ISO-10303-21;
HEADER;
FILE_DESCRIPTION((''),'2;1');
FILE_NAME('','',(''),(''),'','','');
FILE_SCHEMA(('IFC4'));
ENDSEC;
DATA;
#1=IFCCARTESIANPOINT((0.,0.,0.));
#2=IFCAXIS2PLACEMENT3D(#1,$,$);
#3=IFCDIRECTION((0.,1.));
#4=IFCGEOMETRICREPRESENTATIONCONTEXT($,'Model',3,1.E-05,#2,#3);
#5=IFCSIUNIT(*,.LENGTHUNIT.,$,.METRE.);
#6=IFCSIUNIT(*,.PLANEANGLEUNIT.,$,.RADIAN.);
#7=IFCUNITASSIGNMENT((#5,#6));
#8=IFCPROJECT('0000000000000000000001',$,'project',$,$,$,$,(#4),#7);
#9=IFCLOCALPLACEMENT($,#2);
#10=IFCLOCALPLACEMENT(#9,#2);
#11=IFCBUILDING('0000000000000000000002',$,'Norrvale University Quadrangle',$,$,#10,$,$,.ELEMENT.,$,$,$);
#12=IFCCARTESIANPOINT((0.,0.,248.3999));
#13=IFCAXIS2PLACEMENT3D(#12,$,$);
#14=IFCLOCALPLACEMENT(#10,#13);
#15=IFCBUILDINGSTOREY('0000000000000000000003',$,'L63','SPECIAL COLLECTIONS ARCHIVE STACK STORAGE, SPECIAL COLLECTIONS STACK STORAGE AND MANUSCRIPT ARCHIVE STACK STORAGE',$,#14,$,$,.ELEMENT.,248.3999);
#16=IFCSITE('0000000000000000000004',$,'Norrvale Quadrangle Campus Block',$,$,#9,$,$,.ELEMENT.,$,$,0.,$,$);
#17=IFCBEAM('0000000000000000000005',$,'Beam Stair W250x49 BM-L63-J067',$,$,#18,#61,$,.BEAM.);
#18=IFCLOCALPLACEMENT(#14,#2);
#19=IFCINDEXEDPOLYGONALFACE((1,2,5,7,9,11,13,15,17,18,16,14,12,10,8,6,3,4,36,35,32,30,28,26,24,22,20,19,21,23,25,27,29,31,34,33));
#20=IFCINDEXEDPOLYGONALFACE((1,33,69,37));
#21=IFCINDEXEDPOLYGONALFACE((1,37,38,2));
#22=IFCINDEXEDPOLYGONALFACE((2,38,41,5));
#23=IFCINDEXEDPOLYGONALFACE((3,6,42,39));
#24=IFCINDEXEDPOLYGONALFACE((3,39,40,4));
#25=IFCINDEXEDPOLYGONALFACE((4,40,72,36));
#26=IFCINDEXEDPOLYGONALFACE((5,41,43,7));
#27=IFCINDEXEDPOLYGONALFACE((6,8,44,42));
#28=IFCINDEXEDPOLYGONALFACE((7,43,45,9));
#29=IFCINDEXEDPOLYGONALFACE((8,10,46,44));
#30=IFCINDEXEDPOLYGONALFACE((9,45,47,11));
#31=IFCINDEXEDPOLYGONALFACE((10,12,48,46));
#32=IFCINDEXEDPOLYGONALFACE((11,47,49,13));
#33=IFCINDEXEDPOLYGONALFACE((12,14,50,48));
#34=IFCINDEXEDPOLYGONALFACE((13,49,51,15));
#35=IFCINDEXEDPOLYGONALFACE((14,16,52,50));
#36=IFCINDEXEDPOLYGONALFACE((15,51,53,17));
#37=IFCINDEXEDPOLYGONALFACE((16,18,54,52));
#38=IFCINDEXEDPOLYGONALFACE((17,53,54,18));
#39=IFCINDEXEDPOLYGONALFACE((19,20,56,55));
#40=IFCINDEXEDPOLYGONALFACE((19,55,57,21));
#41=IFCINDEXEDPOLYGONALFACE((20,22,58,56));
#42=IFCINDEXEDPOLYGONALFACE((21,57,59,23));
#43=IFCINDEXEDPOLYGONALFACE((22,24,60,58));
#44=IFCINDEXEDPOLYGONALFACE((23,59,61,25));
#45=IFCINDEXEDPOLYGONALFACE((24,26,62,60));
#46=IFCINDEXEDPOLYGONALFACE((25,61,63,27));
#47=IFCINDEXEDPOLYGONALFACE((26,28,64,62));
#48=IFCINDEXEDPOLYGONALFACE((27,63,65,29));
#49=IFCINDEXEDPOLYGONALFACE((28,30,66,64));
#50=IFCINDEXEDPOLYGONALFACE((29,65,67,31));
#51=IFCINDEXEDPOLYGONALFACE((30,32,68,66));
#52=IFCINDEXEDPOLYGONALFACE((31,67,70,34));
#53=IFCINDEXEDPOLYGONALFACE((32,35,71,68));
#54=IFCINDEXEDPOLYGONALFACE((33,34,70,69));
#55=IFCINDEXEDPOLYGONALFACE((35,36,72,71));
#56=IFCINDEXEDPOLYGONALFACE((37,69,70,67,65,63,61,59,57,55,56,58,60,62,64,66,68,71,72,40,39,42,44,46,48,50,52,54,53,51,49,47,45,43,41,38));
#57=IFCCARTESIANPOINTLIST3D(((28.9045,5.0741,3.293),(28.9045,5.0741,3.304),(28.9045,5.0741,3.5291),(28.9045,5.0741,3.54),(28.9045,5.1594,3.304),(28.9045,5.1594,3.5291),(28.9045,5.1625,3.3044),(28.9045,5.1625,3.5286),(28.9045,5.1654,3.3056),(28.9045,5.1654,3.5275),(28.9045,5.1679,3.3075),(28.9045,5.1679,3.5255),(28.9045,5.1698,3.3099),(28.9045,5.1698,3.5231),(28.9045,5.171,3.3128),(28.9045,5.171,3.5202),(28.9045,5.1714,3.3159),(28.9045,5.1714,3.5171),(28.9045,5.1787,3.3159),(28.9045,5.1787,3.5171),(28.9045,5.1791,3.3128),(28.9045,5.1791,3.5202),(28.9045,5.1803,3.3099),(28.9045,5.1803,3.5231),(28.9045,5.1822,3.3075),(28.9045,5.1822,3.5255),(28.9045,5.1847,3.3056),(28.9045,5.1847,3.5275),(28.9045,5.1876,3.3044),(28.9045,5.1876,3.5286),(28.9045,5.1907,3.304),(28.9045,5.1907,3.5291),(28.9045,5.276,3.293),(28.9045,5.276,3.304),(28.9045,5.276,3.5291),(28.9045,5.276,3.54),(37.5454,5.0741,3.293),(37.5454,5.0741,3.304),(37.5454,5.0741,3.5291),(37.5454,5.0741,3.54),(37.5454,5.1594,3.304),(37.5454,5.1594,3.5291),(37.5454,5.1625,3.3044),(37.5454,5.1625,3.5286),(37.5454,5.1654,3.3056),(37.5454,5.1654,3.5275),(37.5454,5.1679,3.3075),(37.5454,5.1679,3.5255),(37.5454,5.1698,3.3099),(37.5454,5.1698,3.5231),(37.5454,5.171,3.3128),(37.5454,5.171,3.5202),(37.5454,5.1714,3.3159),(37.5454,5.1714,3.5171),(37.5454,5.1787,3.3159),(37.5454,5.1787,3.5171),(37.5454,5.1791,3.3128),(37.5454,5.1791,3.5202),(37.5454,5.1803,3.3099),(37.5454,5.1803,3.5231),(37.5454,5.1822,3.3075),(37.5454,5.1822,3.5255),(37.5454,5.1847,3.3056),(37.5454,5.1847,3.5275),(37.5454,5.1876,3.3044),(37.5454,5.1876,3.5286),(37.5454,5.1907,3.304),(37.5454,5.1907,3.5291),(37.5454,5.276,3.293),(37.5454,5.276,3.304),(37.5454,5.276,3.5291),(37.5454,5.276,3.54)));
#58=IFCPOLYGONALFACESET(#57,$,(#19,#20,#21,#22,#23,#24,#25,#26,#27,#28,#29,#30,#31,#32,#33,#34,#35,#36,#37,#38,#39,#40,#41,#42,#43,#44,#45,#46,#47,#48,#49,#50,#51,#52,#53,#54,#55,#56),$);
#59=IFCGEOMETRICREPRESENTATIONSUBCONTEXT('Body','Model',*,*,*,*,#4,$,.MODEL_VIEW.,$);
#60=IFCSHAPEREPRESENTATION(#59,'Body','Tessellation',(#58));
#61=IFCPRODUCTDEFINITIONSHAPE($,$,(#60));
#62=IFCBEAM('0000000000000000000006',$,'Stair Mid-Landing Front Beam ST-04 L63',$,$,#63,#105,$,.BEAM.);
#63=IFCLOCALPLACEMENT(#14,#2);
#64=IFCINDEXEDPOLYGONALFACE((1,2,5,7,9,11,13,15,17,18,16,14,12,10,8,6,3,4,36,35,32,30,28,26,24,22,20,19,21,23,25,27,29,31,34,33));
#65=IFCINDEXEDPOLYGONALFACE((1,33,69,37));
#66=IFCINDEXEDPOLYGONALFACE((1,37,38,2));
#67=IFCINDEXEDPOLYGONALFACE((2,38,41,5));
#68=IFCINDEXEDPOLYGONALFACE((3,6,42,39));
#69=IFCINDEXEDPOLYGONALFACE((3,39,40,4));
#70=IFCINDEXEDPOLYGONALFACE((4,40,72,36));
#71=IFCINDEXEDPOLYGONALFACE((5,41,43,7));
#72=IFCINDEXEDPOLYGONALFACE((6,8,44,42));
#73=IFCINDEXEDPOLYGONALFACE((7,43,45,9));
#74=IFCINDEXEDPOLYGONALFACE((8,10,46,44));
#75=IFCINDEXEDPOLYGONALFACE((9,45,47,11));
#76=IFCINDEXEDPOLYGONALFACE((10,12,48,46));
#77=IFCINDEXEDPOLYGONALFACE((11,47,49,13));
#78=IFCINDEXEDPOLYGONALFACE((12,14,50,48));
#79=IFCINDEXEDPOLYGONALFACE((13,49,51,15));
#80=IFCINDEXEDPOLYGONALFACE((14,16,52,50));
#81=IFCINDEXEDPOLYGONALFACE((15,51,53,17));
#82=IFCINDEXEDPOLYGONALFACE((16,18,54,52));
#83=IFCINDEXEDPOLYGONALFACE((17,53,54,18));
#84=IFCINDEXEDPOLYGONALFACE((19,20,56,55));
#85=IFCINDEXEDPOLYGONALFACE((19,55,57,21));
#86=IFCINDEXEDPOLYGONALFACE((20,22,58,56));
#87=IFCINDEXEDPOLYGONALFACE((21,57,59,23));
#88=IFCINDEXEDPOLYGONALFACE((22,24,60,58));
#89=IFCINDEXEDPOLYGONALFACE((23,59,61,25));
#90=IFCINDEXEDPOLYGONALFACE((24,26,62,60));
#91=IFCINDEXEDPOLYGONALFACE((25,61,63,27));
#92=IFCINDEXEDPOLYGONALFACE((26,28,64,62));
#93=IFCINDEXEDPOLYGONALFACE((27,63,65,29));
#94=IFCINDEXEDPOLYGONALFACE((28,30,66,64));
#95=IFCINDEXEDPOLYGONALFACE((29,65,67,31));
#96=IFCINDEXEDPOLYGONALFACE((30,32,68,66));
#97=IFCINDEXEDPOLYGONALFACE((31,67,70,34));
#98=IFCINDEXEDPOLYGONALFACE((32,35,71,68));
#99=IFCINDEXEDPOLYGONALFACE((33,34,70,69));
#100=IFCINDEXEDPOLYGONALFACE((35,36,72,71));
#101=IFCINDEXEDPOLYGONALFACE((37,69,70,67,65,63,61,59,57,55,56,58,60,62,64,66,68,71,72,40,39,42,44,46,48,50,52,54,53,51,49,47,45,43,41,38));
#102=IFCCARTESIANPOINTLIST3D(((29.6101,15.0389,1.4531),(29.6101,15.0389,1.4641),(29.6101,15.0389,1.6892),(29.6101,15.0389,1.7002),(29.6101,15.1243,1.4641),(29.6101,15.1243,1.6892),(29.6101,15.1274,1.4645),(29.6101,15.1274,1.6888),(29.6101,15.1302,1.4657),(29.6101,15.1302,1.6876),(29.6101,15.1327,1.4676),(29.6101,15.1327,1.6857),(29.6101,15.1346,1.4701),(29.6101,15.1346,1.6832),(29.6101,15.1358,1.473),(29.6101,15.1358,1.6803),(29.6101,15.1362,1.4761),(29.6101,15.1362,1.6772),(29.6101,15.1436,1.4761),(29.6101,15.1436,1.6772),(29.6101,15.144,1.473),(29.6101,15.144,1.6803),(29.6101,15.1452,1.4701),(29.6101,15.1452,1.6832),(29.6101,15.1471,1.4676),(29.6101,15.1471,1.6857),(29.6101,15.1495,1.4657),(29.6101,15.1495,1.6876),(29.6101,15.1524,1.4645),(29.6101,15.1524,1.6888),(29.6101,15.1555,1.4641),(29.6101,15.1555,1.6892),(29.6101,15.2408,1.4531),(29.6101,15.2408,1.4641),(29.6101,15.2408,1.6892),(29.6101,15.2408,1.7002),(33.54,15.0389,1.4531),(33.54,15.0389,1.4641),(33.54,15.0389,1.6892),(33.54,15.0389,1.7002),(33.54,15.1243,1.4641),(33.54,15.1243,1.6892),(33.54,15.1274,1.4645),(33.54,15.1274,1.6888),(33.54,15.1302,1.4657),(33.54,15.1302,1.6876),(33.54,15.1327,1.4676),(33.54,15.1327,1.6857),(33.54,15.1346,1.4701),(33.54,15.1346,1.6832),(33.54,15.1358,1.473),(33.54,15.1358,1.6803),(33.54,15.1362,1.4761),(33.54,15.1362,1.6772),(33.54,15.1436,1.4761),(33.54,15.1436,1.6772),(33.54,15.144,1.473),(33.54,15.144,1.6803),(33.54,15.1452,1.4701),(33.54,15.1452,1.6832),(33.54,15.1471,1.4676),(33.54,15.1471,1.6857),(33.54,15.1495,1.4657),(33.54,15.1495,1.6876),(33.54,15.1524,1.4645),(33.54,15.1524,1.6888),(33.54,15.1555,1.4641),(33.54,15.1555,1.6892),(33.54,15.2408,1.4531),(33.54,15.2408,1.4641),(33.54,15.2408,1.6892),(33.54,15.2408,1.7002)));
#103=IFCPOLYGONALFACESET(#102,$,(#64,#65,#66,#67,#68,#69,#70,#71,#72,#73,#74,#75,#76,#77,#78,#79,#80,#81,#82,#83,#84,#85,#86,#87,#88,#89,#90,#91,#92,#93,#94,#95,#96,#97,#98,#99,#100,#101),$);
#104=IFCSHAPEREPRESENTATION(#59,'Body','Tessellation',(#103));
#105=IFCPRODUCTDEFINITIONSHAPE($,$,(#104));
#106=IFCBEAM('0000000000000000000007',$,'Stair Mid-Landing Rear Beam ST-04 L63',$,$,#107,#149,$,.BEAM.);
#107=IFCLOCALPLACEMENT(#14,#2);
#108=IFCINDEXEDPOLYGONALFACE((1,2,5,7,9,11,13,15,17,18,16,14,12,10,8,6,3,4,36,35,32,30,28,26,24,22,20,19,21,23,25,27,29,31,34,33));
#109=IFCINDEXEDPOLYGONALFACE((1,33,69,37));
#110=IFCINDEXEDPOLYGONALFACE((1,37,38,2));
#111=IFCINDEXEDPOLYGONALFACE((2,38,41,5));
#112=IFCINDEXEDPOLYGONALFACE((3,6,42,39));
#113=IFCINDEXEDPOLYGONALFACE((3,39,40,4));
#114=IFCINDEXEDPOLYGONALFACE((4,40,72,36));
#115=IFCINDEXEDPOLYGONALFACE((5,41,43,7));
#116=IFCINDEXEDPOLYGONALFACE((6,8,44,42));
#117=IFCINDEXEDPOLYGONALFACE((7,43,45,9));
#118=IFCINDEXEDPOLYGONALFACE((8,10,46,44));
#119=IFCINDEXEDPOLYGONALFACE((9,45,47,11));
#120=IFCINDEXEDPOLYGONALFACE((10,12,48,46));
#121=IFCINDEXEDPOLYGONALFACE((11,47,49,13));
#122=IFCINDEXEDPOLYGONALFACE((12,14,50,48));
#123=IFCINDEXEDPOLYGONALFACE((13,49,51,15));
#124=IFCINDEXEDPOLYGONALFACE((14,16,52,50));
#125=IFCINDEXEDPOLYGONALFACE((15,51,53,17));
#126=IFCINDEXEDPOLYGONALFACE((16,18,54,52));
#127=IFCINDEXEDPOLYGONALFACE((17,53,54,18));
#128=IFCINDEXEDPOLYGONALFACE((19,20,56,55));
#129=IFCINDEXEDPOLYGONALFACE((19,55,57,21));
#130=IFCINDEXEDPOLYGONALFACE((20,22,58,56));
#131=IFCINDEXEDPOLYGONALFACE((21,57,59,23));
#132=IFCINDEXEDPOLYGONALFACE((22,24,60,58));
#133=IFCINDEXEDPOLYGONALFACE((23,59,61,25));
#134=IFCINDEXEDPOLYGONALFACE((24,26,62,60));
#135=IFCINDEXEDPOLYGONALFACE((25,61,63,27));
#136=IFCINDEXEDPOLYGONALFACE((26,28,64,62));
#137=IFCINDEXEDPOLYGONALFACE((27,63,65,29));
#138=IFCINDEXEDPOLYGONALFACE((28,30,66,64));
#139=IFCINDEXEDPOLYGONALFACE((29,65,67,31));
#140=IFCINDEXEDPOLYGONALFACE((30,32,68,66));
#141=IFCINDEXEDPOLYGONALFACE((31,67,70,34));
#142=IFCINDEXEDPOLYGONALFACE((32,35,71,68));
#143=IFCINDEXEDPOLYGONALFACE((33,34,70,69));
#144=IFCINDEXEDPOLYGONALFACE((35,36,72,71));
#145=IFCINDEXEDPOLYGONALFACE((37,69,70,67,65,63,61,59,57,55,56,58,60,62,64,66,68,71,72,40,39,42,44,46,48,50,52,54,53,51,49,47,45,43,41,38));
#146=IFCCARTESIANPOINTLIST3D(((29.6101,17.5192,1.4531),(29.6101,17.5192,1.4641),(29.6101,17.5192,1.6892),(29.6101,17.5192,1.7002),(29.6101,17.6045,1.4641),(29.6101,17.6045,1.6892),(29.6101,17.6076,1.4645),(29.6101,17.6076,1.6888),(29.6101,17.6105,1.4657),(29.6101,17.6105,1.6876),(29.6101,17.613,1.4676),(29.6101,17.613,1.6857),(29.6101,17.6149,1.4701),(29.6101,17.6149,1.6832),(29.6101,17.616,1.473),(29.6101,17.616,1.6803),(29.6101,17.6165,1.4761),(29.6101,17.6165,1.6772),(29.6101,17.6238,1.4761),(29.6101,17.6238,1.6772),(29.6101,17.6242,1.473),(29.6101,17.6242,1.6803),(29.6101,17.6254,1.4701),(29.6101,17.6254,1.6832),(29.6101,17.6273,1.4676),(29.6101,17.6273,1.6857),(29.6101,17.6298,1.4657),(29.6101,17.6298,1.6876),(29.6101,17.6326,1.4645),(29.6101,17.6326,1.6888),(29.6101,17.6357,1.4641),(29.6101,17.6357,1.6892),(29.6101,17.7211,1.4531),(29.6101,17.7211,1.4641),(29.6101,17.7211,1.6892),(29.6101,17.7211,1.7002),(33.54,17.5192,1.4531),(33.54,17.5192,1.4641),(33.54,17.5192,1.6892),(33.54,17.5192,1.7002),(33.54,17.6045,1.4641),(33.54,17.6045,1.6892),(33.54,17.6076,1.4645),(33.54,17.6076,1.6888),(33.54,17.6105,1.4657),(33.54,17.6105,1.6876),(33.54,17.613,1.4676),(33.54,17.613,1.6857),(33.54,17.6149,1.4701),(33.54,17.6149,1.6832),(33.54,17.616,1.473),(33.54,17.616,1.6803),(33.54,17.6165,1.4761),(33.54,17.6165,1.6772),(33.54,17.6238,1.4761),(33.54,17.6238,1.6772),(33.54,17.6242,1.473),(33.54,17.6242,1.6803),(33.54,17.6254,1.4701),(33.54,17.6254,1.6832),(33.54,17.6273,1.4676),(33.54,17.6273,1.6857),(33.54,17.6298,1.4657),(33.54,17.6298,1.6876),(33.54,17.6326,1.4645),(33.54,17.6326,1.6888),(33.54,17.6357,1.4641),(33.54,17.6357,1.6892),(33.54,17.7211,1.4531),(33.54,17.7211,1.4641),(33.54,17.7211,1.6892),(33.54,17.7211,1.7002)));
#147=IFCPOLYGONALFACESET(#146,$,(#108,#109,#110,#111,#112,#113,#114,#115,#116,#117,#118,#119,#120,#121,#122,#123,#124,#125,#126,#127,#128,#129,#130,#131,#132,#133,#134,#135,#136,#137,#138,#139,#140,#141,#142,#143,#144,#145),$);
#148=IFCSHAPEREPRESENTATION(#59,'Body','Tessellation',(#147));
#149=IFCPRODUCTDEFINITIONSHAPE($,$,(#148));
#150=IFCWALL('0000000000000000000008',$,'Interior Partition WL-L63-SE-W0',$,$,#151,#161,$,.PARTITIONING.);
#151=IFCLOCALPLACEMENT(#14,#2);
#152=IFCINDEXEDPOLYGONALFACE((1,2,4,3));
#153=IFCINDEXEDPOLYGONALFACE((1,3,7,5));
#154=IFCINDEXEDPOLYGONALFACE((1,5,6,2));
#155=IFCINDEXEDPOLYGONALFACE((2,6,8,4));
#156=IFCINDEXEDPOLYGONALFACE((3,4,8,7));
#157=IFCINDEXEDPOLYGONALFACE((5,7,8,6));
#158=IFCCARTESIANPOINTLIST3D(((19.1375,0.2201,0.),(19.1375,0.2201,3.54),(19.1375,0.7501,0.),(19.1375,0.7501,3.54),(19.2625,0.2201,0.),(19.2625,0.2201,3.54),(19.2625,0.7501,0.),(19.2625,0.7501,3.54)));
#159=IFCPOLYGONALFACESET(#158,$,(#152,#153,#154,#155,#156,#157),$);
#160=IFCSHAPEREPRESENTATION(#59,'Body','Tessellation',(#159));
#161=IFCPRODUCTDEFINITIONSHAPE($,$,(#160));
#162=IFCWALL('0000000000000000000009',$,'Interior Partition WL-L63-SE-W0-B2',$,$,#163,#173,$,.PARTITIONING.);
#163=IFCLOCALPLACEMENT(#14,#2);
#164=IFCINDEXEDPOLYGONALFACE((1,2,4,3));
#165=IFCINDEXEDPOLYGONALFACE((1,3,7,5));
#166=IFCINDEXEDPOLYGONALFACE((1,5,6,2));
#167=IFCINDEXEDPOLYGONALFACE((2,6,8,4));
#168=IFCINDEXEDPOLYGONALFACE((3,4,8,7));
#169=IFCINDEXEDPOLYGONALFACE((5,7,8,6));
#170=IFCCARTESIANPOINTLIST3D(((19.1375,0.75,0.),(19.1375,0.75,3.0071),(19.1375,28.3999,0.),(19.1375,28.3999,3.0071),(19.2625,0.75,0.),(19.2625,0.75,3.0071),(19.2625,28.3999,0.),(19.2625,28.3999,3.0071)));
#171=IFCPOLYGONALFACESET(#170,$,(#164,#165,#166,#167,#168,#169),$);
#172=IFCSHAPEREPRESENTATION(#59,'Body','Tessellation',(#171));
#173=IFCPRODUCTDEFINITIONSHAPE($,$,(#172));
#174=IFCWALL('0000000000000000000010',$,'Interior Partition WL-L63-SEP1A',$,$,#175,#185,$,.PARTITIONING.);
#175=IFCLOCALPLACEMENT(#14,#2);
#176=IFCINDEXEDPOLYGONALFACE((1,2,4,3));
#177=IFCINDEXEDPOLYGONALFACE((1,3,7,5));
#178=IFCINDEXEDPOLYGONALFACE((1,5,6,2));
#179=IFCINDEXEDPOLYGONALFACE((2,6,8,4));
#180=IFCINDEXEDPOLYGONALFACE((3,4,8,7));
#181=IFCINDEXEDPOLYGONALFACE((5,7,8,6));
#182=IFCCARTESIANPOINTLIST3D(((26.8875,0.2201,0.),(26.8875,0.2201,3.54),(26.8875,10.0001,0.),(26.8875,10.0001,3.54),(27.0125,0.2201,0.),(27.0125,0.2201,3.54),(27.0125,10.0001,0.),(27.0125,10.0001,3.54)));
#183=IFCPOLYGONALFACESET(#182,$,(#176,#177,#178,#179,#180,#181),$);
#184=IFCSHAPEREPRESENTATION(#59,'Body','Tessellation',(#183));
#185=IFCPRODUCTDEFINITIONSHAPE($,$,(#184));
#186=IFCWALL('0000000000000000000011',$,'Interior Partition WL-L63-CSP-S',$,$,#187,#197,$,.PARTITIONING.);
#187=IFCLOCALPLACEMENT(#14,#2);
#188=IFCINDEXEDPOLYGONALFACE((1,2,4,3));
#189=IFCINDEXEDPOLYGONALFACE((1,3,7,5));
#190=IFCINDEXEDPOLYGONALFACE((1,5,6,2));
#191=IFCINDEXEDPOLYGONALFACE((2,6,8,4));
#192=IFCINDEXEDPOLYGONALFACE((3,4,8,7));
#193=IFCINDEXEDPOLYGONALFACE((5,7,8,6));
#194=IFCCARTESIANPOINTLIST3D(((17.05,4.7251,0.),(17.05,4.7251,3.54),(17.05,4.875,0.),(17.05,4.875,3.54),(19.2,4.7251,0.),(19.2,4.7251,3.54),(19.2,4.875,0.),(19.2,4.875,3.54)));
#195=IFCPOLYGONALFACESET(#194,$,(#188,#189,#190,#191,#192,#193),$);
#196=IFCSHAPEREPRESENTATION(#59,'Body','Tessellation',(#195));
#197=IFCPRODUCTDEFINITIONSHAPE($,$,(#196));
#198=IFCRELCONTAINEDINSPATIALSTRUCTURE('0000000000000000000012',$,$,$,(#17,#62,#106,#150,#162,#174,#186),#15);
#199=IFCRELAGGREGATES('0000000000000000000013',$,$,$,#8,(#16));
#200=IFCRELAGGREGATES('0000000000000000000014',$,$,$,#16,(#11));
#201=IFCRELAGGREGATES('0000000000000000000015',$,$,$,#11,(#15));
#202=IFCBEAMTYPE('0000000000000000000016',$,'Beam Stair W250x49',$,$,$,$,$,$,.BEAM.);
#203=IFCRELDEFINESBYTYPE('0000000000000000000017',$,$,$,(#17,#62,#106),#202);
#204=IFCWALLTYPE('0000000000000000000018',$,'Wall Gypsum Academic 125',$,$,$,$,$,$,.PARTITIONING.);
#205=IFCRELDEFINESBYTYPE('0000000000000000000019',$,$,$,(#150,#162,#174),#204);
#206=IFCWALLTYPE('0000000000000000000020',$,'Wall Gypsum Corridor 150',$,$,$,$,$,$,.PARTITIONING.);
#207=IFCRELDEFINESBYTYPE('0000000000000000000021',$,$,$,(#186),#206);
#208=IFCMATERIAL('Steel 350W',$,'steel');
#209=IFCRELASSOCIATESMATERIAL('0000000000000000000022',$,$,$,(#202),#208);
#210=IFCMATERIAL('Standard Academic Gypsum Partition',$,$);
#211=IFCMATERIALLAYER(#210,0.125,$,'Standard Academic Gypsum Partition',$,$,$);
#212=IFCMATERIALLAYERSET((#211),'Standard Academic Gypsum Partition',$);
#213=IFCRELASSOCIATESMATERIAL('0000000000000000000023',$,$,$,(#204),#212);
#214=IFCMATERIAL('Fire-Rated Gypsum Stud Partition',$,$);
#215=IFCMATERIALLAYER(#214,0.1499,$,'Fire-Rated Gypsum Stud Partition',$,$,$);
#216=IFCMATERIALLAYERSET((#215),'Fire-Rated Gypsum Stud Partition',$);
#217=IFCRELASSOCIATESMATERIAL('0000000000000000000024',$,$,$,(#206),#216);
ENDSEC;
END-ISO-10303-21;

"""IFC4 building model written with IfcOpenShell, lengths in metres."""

from ifc_helpers import new_model, si_unit, direction, frame, frame_2d, origin, origin_2d, place, context, subcontext, project, spatial, rectangle, i_section, extrude, material, layer, layer_set, material_profile, profile_set, type_object, element, save


model = new_model("IFC4")

# Units and contexts
model_context = context("Model", 3, precision=1e-05, world=origin(), true_north=direction((0.0, 1.0)))
body_context = subcontext(model_context, "Body", "Model", "MODEL_VIEW")
ifc_project = project(units=[si_unit("LENGTHUNIT", "METRE"), si_unit("PLANEANGLEUNIT", "RADIAN")], contexts=[model_context])

# Site, building, storey
site_placement = place(None, origin())
site = spatial("IfcSite", under=ifc_project, at=site_placement, Name="Norrvale Quadrangle Campus Block", CompositionType="ELEMENT", RefElevation=0.0)
building_placement = place(site_placement, origin())
building = spatial("IfcBuilding", under=site, at=building_placement, Name="Norrvale University Quadrangle", CompositionType="ELEMENT")
storey_placement = place(building_placement, frame((0.0, 0.0, 248.3999)))
storey = spatial("IfcBuildingStorey", under=building, at=storey_placement, Name="L63", Description="SPECIAL COLLECTIONS ARCHIVE STACK STORAGE, SPECIAL COLLECTIONS STACK STORAGE AND MANUSCRIPT ARCHIVE STACK STORAGE", CompositionType="ELEMENT", Elevation=248.3999)

# Beams
ifc_material_1 = material(Name="Steel 350W", Category="steel")
ifc_material_profile_1 = material_profile(ifc_material_1, i_section(OverallWidth=0.2019, OverallDepth=0.2471, WebThickness=0.0073, FlangeThickness=0.011, FilletRadius=0.012, at=origin_2d()), Name="Steel 350W")
ifc_profile_set_1 = profile_set([ifc_material_profile_1], Name="Steel 350W")
beam_type_1 = type_object("IfcBeamType", Name="Beam Stair W250x49", PredefinedType="BEAM", material=ifc_profile_set_1)
beam_1_placement = place(storey_placement, frame((28.9045, 5.175, 3.4165), z_axis=(1.0, 0.0, 0.0), x_axis=(0.0, 1.0, 0.0)))
element("IfcBeam", 1, at=beam_1_placement, inside=storey, type_object=beam_type_1, Name="Beam Stair W250x49 BM-L63-J067", PredefinedType="BEAM", context=body_context, shape_type="SweptSolid", body=[
    extrude(i_section(OverallWidth=0.2019, OverallDepth=0.2471, WebThickness=0.0073, FlangeThickness=0.011, FilletRadius=0.012, at=origin_2d()), origin(), (0.0, 0.0, 1.0), 8.6409),
])
for number, where, z_axis, x_axis, name in (
    (2, (29.6101, 15.1399, 1.5767), (1.0, 0.0, 0.0), (0.0, 1.0, 0.0), "Stair Mid-Landing Front Beam ST-04 L63"),
    (3, (29.6101, 17.6201, 1.5767), (1.0, 0.0, 0.0), (0.0, 1.0, 0.0), "Stair Mid-Landing Rear Beam ST-04 L63"),
):
    element("IfcBeam", number, at=place(storey_placement, frame(where, z_axis=z_axis, x_axis=x_axis)), inside=storey, type_object=beam_type_1, Name=name, PredefinedType="BEAM", context=body_context, shape_type="SweptSolid", body=[
        extrude(i_section(OverallWidth=0.2019, OverallDepth=0.2471, WebThickness=0.0073, FlangeThickness=0.011, FilletRadius=0.012, at=origin_2d()), origin(), (0.0, 0.0, 1.0), 3.9299),
    ])

# Walls
ifc_material_2 = material(Name="Standard Academic Gypsum Partition")
ifc_layer_1 = layer(ifc_material_2, 0.125, Name="Standard Academic Gypsum Partition")
ifc_layer_set_1 = layer_set([ifc_layer_1], Name="Standard Academic Gypsum Partition")
wall_type_1 = type_object("IfcWallType", Name="Wall Gypsum Academic 125", PredefinedType="PARTITIONING", material=ifc_layer_set_1)
wall_1_placement = place(storey_placement, frame((19.2, 0.22, 0.0), z_axis=(0.0, 0.0, 1.0), x_axis=(0.0, 1.0, 0.0)))
element("IfcWall", 4, at=wall_1_placement, inside=storey, type_object=wall_type_1, Name="Interior Partition WL-L63-SE-W0", PredefinedType="PARTITIONING", context=body_context, shape_type="SweptSolid", body=[
    extrude(rectangle(XDim=0.53, YDim=0.125, at=frame_2d((0.2651, 0.0))), origin(), (0.0, 0.0, 1.0), 3.54),
])
wall_2_placement = place(storey_placement, frame((19.2, 0.75, 0.0), z_axis=(0.0, 0.0, 1.0), x_axis=(0.0, 1.0, 0.0)))
element("IfcWall", 5, at=wall_2_placement, inside=storey, type_object=wall_type_1, Name="Interior Partition WL-L63-SE-W0-B2", PredefinedType="PARTITIONING", context=body_context, shape_type="SweptSolid", body=[
    extrude(rectangle(XDim=27.6499, YDim=0.125, at=frame_2d((13.825, 0.0))), origin(), (0.0, 0.0, 1.0), 3.0071),
])
wall_3_placement = place(storey_placement, frame((26.95, 0.22, 0.0), z_axis=(0.0, 0.0, 1.0), x_axis=(0.0, 1.0, 0.0)))
element("IfcWall", 6, at=wall_3_placement, inside=storey, type_object=wall_type_1, Name="Interior Partition WL-L63-SEP1A", PredefinedType="PARTITIONING", context=body_context, shape_type="SweptSolid", body=[
    extrude(rectangle(XDim=9.78, YDim=0.125, at=frame_2d((4.8901, 0.0))), origin(), (0.0, 0.0, 1.0), 3.54),
])
ifc_material_3 = material(Name="Fire-Rated Gypsum Stud Partition")
ifc_layer_2 = layer(ifc_material_3, 0.1499, Name="Fire-Rated Gypsum Stud Partition")
ifc_layer_set_2 = layer_set([ifc_layer_2], Name="Fire-Rated Gypsum Stud Partition")
wall_type_2 = type_object("IfcWallType", Name="Wall Gypsum Corridor 150", PredefinedType="PARTITIONING", material=ifc_layer_set_2)
wall_4_placement = place(storey_placement, frame((17.05, 4.8, 0.0), z_axis=(0.0, 0.0, 1.0), x_axis=(1.0, 0.0, 0.0)))
element("IfcWall", 7, at=wall_4_placement, inside=storey, type_object=wall_type_2, Name="Interior Partition WL-L63-CSP-S", PredefinedType="PARTITIONING", context=body_context, shape_type="SweptSolid", body=[
    extrude(rectangle(XDim=2.1499, YDim=0.1499, at=frame_2d((1.075, 0.0))), origin(), (0.0, 0.0, 1.0), 3.54),
])

save(model, "model.ifc")
